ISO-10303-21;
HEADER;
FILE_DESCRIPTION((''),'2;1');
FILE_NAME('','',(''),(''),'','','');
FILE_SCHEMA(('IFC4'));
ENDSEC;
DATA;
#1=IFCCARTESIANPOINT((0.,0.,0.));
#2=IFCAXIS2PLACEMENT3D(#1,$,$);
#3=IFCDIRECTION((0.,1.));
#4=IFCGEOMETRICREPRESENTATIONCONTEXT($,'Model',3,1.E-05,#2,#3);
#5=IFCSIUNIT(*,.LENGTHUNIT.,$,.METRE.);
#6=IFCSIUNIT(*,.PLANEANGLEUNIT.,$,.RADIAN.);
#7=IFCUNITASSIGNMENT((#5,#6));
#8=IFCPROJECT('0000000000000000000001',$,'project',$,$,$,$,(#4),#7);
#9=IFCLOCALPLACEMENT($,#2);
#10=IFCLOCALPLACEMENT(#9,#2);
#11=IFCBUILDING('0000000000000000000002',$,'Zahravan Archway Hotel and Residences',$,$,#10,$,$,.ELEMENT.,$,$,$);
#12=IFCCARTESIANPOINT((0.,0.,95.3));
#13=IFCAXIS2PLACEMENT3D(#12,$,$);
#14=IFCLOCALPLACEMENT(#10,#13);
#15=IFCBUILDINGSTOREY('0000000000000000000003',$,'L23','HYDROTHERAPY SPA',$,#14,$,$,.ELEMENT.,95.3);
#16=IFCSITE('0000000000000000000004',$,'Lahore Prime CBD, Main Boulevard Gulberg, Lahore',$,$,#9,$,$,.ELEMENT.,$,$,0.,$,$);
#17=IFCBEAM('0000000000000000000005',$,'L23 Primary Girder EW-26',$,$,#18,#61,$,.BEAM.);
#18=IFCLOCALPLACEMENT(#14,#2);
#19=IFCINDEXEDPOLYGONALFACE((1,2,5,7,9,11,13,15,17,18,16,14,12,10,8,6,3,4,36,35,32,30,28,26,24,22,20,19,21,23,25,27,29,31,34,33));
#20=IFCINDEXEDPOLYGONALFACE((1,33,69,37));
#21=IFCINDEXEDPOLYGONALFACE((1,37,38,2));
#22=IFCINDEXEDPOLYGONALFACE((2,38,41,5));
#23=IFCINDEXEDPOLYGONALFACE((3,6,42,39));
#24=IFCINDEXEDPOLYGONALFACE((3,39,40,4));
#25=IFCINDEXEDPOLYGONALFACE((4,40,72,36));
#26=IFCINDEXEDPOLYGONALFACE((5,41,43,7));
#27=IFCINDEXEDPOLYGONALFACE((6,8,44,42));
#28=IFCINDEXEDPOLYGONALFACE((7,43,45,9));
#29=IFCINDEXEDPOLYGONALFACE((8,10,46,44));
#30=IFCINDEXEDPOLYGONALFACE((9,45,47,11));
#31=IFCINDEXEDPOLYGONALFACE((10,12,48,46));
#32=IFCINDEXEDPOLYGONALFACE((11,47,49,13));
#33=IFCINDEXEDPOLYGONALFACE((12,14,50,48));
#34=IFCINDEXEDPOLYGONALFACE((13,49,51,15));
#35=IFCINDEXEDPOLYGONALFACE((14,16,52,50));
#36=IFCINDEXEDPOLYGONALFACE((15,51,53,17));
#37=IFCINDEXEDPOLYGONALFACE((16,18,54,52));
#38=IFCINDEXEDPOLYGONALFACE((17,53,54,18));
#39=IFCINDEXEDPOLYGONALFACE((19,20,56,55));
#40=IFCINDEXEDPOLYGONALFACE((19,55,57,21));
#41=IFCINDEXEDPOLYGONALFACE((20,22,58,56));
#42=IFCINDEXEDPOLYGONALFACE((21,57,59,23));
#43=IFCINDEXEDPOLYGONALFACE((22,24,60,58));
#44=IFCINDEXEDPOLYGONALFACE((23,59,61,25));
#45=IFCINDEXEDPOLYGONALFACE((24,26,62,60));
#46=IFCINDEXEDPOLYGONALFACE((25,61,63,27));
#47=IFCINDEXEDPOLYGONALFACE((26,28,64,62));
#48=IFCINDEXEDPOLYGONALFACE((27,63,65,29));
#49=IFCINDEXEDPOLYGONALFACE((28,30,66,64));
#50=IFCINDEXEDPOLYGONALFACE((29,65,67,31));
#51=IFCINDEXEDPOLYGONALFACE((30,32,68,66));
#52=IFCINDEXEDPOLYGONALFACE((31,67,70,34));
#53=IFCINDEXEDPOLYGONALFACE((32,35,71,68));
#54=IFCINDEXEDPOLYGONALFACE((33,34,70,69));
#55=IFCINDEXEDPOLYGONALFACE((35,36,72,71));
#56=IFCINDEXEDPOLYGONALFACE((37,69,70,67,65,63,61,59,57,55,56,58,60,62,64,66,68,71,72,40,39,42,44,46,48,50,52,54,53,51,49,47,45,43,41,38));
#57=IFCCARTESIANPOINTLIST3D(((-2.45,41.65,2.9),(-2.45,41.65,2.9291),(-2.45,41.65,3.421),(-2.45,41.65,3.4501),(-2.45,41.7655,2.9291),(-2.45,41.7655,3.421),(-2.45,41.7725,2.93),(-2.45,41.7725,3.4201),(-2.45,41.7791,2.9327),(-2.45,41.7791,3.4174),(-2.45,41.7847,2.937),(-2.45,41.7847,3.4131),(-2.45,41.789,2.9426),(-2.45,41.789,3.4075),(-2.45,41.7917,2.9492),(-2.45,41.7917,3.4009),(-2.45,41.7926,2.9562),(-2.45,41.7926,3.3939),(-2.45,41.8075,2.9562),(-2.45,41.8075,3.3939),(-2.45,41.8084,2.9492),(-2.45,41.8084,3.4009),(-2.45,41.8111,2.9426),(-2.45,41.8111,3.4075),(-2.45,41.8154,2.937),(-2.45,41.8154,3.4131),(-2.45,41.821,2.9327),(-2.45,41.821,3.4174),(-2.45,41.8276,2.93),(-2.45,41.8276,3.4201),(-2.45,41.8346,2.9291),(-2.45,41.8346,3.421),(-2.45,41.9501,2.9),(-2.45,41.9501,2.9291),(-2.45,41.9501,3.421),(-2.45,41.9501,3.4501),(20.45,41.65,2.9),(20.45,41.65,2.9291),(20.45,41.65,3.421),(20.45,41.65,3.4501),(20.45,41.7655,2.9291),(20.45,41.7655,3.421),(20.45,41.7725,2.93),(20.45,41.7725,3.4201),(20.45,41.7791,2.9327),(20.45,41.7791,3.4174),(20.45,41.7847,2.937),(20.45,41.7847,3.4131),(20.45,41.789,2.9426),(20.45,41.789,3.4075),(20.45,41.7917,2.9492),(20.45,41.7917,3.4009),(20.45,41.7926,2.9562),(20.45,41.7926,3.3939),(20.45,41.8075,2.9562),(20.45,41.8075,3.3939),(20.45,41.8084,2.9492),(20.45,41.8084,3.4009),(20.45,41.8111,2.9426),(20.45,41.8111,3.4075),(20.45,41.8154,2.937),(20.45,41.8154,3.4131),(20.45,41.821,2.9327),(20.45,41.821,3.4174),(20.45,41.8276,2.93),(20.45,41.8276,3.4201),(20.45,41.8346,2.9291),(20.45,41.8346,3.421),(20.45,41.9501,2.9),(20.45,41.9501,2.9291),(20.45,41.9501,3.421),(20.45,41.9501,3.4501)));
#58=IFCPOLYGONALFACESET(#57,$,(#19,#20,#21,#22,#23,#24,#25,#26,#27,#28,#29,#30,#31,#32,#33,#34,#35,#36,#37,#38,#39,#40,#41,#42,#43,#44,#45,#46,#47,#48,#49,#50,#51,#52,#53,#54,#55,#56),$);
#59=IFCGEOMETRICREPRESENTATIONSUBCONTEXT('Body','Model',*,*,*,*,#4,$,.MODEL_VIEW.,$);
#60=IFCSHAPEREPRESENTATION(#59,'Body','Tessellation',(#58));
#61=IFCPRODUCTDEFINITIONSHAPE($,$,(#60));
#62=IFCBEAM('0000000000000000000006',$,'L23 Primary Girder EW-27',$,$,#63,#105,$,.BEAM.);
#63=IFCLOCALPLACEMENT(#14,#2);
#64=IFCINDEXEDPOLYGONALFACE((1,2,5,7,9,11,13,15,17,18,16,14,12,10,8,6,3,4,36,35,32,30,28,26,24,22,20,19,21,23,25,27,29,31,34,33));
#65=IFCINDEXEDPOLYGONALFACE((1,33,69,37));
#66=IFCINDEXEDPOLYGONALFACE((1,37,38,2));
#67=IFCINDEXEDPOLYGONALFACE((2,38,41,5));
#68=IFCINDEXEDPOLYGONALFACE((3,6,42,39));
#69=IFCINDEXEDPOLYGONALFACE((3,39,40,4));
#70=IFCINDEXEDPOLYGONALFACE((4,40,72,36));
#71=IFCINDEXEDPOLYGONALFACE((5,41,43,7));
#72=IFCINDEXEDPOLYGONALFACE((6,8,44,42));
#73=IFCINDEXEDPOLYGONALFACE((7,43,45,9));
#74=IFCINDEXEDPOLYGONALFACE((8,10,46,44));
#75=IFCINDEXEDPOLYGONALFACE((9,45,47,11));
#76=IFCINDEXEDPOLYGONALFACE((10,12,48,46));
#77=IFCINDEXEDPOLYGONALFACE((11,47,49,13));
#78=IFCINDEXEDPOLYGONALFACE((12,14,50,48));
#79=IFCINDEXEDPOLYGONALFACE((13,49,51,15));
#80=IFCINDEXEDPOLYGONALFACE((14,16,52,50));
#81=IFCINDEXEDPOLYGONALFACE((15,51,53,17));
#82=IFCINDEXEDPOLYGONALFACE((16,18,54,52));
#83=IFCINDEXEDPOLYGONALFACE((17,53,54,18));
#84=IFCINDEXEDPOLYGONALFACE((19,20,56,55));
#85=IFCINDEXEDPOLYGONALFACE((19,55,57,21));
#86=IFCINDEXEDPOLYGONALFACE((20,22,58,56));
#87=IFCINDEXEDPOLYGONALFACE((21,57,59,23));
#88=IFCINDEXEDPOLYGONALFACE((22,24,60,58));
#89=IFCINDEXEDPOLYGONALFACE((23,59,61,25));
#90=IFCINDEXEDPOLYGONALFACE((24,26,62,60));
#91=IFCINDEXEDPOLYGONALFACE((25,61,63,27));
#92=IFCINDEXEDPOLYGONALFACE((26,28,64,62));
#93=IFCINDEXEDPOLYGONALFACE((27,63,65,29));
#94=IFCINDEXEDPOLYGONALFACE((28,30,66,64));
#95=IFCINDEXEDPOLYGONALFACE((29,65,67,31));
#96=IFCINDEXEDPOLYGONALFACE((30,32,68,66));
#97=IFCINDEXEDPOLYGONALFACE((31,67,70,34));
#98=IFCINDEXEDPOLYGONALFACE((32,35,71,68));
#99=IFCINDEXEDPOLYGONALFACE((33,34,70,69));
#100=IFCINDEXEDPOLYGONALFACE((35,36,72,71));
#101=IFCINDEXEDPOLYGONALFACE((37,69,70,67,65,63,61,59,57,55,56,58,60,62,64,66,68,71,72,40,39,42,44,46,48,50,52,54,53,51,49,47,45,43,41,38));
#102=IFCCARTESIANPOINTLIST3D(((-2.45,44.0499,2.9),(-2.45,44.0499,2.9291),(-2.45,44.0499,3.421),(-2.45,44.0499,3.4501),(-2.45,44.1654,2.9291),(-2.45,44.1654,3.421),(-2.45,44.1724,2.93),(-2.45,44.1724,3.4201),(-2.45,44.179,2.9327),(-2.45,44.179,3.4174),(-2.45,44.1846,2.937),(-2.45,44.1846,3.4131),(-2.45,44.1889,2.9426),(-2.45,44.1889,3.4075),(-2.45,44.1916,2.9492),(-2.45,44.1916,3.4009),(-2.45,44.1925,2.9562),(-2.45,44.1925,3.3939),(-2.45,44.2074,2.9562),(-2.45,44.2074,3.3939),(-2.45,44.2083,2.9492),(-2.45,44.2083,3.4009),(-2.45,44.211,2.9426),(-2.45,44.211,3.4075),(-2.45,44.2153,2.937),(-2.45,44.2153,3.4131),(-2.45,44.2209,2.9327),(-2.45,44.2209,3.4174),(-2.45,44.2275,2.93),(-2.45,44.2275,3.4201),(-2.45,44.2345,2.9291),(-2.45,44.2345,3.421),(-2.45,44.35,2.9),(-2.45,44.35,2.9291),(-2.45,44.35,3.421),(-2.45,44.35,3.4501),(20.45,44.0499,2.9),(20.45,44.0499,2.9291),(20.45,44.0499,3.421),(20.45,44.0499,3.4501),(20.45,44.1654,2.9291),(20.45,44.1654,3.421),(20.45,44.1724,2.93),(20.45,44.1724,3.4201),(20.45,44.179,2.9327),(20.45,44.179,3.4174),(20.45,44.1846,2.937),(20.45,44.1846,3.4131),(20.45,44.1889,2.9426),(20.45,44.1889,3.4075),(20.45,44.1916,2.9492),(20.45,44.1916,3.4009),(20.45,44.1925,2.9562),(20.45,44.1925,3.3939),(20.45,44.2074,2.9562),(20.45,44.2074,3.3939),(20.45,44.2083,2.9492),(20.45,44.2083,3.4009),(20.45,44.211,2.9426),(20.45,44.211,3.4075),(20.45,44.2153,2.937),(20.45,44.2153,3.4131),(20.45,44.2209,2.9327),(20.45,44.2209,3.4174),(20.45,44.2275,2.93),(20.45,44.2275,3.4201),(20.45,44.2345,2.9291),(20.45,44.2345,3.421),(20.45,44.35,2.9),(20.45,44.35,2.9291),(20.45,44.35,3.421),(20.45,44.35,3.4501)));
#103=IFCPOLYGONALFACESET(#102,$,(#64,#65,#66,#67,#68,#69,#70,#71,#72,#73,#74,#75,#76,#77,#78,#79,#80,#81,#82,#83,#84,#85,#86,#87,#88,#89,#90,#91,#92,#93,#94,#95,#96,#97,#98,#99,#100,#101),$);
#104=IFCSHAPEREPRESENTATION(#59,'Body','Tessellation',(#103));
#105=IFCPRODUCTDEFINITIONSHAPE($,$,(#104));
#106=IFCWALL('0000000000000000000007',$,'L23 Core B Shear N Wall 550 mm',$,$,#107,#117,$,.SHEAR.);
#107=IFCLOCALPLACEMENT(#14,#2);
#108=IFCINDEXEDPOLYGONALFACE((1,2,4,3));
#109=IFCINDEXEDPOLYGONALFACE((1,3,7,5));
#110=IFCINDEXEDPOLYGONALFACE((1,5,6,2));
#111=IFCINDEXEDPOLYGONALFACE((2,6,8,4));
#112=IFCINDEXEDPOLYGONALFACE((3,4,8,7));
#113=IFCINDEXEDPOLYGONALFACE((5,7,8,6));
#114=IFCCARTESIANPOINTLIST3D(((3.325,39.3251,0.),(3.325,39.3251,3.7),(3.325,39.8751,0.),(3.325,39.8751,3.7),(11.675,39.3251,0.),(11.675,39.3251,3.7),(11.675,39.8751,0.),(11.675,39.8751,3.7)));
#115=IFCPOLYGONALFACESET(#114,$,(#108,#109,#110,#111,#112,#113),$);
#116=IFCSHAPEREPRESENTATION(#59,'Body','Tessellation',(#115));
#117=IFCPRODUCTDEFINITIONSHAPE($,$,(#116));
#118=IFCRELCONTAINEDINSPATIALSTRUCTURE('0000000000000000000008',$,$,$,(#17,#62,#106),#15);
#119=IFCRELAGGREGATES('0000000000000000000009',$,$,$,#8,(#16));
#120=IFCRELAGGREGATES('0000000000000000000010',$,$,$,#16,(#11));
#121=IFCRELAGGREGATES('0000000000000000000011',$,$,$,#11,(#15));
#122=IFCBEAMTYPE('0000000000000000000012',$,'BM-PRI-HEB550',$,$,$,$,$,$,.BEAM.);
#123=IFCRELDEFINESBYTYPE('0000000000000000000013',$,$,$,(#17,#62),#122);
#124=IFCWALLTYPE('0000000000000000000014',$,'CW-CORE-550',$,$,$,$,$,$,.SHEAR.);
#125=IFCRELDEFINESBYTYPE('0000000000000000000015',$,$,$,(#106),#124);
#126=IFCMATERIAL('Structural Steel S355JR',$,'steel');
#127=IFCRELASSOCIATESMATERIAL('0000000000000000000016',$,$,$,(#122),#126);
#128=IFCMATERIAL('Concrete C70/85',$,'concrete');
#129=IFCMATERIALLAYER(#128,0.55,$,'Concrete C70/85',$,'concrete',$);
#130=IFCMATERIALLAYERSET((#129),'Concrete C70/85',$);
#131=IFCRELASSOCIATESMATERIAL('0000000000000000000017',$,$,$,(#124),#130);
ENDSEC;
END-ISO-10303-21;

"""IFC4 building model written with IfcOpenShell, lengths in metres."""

from ifc_helpers import new_model, si_unit, direction, frame, frame_2d, origin, origin_2d, place, context, subcontext, project, spatial, rectangle, i_section, extrude, source, transform, mapped, material, layer, layer_set, material_profile, profile_set, type_object, element, save


model = new_model("IFC4")

# Units and contexts
model_context = context("Model", 3, precision=1e-05, world=origin(), true_north=direction((0.0, 1.0)))
body_context = subcontext(model_context, "Body", "Model", "MODEL_VIEW")
ifc_project = project(units=[si_unit("LENGTHUNIT", "METRE"), si_unit("PLANEANGLEUNIT", "RADIAN")], contexts=[model_context])

# Site, building, storey
site_placement = place(None, origin())
site = spatial("IfcSite", under=ifc_project, at=site_placement, Name="Lahore Prime CBD, Main Boulevard Gulberg, Lahore", CompositionType="ELEMENT", RefElevation=0.0)
building_placement = place(site_placement, origin())
building = spatial("IfcBuilding", under=site, at=building_placement, Name="Zahravan Archway Hotel and Residences", CompositionType="ELEMENT")
storey_placement = place(building_placement, frame((0.0, 0.0, 95.3)))
storey = spatial("IfcBuildingStorey", under=building, at=storey_placement, Name="L23", Description="HYDROTHERAPY SPA", CompositionType="ELEMENT", Elevation=95.3)

# Shared definitions
ifc_material_1 = material(Name="Concrete C70/85", Category="concrete")

# Beams
ifc_material_2 = material(Name="Structural Steel S355JR", Category="steel")
ifc_material_profile_1 = material_profile(ifc_material_2, i_section(OverallWidth=0.3, OverallDepth=0.55, WebThickness=0.0149, FlangeThickness=0.0291, FilletRadius=0.0271, at=origin_2d()), Name="HEB 550", Category="steel")
ifc_profile_set_1 = profile_set([ifc_material_profile_1], Name="Structural Steel S355JR")
beam_type_1 = type_object("IfcBeamType", Name="BM-PRI-HEB550", PredefinedType="BEAM", material=ifc_profile_set_1)
shared_shape_1 = source(origin(), body_context, "Body", "SweptSolid", [
    extrude(i_section(OverallWidth=0.3, OverallDepth=0.55, WebThickness=0.0149, FlangeThickness=0.0291, FilletRadius=0.0271, at=origin_2d()), origin(), (0.0, 0.0, 1.0), 22.8999),
])
for number, where, z_axis, x_axis, name in (
    (1, (-2.45, 41.8, 3.175), (1.0, 0.0, 0.0), (0.0, 1.0, 0.0), "L23 Primary Girder EW-26"),
    (2, (-2.45, 44.2, 3.175), (1.0, 0.0, 0.0), (0.0, 1.0, 0.0), "L23 Primary Girder EW-27"),
):
    element("IfcBeam", number, at=place(storey_placement, frame(where, z_axis=z_axis, x_axis=x_axis)), inside=storey, type_object=beam_type_1, Name=name, PredefinedType="BEAM", context=body_context, shape_type="MappedRepresentation", body=[
        mapped(shared_shape_1, transform((0.0, 0.0, 0.0), scale=1.0)),
    ])

# Wall
ifc_layer_1 = layer(ifc_material_1, 0.55, Name="Concrete C70/85", Category="concrete")
ifc_layer_set_1 = layer_set([ifc_layer_1], Name="Concrete C70/85")
wall_type_1 = type_object("IfcWallType", Name="CW-CORE-550", PredefinedType="SHEAR", material=ifc_layer_set_1)
wall_1_placement = place(storey_placement, frame((3.325, 39.6001, 0.0), z_axis=(0.0, 0.0, 1.0), x_axis=(1.0, 0.0, 0.0)))
element("IfcWall", 3, at=wall_1_placement, inside=storey, type_object=wall_type_1, Name="L23 Core B Shear N Wall 550 mm", PredefinedType="SHEAR", context=body_context, shape_type="SweptSolid", body=[
    extrude(rectangle(XDim=8.3501, YDim=0.55, at=frame_2d((4.175, 0.0))), origin(), (0.0, 0.0, 1.0), 3.7),
])

save(model, "model.ifc")
